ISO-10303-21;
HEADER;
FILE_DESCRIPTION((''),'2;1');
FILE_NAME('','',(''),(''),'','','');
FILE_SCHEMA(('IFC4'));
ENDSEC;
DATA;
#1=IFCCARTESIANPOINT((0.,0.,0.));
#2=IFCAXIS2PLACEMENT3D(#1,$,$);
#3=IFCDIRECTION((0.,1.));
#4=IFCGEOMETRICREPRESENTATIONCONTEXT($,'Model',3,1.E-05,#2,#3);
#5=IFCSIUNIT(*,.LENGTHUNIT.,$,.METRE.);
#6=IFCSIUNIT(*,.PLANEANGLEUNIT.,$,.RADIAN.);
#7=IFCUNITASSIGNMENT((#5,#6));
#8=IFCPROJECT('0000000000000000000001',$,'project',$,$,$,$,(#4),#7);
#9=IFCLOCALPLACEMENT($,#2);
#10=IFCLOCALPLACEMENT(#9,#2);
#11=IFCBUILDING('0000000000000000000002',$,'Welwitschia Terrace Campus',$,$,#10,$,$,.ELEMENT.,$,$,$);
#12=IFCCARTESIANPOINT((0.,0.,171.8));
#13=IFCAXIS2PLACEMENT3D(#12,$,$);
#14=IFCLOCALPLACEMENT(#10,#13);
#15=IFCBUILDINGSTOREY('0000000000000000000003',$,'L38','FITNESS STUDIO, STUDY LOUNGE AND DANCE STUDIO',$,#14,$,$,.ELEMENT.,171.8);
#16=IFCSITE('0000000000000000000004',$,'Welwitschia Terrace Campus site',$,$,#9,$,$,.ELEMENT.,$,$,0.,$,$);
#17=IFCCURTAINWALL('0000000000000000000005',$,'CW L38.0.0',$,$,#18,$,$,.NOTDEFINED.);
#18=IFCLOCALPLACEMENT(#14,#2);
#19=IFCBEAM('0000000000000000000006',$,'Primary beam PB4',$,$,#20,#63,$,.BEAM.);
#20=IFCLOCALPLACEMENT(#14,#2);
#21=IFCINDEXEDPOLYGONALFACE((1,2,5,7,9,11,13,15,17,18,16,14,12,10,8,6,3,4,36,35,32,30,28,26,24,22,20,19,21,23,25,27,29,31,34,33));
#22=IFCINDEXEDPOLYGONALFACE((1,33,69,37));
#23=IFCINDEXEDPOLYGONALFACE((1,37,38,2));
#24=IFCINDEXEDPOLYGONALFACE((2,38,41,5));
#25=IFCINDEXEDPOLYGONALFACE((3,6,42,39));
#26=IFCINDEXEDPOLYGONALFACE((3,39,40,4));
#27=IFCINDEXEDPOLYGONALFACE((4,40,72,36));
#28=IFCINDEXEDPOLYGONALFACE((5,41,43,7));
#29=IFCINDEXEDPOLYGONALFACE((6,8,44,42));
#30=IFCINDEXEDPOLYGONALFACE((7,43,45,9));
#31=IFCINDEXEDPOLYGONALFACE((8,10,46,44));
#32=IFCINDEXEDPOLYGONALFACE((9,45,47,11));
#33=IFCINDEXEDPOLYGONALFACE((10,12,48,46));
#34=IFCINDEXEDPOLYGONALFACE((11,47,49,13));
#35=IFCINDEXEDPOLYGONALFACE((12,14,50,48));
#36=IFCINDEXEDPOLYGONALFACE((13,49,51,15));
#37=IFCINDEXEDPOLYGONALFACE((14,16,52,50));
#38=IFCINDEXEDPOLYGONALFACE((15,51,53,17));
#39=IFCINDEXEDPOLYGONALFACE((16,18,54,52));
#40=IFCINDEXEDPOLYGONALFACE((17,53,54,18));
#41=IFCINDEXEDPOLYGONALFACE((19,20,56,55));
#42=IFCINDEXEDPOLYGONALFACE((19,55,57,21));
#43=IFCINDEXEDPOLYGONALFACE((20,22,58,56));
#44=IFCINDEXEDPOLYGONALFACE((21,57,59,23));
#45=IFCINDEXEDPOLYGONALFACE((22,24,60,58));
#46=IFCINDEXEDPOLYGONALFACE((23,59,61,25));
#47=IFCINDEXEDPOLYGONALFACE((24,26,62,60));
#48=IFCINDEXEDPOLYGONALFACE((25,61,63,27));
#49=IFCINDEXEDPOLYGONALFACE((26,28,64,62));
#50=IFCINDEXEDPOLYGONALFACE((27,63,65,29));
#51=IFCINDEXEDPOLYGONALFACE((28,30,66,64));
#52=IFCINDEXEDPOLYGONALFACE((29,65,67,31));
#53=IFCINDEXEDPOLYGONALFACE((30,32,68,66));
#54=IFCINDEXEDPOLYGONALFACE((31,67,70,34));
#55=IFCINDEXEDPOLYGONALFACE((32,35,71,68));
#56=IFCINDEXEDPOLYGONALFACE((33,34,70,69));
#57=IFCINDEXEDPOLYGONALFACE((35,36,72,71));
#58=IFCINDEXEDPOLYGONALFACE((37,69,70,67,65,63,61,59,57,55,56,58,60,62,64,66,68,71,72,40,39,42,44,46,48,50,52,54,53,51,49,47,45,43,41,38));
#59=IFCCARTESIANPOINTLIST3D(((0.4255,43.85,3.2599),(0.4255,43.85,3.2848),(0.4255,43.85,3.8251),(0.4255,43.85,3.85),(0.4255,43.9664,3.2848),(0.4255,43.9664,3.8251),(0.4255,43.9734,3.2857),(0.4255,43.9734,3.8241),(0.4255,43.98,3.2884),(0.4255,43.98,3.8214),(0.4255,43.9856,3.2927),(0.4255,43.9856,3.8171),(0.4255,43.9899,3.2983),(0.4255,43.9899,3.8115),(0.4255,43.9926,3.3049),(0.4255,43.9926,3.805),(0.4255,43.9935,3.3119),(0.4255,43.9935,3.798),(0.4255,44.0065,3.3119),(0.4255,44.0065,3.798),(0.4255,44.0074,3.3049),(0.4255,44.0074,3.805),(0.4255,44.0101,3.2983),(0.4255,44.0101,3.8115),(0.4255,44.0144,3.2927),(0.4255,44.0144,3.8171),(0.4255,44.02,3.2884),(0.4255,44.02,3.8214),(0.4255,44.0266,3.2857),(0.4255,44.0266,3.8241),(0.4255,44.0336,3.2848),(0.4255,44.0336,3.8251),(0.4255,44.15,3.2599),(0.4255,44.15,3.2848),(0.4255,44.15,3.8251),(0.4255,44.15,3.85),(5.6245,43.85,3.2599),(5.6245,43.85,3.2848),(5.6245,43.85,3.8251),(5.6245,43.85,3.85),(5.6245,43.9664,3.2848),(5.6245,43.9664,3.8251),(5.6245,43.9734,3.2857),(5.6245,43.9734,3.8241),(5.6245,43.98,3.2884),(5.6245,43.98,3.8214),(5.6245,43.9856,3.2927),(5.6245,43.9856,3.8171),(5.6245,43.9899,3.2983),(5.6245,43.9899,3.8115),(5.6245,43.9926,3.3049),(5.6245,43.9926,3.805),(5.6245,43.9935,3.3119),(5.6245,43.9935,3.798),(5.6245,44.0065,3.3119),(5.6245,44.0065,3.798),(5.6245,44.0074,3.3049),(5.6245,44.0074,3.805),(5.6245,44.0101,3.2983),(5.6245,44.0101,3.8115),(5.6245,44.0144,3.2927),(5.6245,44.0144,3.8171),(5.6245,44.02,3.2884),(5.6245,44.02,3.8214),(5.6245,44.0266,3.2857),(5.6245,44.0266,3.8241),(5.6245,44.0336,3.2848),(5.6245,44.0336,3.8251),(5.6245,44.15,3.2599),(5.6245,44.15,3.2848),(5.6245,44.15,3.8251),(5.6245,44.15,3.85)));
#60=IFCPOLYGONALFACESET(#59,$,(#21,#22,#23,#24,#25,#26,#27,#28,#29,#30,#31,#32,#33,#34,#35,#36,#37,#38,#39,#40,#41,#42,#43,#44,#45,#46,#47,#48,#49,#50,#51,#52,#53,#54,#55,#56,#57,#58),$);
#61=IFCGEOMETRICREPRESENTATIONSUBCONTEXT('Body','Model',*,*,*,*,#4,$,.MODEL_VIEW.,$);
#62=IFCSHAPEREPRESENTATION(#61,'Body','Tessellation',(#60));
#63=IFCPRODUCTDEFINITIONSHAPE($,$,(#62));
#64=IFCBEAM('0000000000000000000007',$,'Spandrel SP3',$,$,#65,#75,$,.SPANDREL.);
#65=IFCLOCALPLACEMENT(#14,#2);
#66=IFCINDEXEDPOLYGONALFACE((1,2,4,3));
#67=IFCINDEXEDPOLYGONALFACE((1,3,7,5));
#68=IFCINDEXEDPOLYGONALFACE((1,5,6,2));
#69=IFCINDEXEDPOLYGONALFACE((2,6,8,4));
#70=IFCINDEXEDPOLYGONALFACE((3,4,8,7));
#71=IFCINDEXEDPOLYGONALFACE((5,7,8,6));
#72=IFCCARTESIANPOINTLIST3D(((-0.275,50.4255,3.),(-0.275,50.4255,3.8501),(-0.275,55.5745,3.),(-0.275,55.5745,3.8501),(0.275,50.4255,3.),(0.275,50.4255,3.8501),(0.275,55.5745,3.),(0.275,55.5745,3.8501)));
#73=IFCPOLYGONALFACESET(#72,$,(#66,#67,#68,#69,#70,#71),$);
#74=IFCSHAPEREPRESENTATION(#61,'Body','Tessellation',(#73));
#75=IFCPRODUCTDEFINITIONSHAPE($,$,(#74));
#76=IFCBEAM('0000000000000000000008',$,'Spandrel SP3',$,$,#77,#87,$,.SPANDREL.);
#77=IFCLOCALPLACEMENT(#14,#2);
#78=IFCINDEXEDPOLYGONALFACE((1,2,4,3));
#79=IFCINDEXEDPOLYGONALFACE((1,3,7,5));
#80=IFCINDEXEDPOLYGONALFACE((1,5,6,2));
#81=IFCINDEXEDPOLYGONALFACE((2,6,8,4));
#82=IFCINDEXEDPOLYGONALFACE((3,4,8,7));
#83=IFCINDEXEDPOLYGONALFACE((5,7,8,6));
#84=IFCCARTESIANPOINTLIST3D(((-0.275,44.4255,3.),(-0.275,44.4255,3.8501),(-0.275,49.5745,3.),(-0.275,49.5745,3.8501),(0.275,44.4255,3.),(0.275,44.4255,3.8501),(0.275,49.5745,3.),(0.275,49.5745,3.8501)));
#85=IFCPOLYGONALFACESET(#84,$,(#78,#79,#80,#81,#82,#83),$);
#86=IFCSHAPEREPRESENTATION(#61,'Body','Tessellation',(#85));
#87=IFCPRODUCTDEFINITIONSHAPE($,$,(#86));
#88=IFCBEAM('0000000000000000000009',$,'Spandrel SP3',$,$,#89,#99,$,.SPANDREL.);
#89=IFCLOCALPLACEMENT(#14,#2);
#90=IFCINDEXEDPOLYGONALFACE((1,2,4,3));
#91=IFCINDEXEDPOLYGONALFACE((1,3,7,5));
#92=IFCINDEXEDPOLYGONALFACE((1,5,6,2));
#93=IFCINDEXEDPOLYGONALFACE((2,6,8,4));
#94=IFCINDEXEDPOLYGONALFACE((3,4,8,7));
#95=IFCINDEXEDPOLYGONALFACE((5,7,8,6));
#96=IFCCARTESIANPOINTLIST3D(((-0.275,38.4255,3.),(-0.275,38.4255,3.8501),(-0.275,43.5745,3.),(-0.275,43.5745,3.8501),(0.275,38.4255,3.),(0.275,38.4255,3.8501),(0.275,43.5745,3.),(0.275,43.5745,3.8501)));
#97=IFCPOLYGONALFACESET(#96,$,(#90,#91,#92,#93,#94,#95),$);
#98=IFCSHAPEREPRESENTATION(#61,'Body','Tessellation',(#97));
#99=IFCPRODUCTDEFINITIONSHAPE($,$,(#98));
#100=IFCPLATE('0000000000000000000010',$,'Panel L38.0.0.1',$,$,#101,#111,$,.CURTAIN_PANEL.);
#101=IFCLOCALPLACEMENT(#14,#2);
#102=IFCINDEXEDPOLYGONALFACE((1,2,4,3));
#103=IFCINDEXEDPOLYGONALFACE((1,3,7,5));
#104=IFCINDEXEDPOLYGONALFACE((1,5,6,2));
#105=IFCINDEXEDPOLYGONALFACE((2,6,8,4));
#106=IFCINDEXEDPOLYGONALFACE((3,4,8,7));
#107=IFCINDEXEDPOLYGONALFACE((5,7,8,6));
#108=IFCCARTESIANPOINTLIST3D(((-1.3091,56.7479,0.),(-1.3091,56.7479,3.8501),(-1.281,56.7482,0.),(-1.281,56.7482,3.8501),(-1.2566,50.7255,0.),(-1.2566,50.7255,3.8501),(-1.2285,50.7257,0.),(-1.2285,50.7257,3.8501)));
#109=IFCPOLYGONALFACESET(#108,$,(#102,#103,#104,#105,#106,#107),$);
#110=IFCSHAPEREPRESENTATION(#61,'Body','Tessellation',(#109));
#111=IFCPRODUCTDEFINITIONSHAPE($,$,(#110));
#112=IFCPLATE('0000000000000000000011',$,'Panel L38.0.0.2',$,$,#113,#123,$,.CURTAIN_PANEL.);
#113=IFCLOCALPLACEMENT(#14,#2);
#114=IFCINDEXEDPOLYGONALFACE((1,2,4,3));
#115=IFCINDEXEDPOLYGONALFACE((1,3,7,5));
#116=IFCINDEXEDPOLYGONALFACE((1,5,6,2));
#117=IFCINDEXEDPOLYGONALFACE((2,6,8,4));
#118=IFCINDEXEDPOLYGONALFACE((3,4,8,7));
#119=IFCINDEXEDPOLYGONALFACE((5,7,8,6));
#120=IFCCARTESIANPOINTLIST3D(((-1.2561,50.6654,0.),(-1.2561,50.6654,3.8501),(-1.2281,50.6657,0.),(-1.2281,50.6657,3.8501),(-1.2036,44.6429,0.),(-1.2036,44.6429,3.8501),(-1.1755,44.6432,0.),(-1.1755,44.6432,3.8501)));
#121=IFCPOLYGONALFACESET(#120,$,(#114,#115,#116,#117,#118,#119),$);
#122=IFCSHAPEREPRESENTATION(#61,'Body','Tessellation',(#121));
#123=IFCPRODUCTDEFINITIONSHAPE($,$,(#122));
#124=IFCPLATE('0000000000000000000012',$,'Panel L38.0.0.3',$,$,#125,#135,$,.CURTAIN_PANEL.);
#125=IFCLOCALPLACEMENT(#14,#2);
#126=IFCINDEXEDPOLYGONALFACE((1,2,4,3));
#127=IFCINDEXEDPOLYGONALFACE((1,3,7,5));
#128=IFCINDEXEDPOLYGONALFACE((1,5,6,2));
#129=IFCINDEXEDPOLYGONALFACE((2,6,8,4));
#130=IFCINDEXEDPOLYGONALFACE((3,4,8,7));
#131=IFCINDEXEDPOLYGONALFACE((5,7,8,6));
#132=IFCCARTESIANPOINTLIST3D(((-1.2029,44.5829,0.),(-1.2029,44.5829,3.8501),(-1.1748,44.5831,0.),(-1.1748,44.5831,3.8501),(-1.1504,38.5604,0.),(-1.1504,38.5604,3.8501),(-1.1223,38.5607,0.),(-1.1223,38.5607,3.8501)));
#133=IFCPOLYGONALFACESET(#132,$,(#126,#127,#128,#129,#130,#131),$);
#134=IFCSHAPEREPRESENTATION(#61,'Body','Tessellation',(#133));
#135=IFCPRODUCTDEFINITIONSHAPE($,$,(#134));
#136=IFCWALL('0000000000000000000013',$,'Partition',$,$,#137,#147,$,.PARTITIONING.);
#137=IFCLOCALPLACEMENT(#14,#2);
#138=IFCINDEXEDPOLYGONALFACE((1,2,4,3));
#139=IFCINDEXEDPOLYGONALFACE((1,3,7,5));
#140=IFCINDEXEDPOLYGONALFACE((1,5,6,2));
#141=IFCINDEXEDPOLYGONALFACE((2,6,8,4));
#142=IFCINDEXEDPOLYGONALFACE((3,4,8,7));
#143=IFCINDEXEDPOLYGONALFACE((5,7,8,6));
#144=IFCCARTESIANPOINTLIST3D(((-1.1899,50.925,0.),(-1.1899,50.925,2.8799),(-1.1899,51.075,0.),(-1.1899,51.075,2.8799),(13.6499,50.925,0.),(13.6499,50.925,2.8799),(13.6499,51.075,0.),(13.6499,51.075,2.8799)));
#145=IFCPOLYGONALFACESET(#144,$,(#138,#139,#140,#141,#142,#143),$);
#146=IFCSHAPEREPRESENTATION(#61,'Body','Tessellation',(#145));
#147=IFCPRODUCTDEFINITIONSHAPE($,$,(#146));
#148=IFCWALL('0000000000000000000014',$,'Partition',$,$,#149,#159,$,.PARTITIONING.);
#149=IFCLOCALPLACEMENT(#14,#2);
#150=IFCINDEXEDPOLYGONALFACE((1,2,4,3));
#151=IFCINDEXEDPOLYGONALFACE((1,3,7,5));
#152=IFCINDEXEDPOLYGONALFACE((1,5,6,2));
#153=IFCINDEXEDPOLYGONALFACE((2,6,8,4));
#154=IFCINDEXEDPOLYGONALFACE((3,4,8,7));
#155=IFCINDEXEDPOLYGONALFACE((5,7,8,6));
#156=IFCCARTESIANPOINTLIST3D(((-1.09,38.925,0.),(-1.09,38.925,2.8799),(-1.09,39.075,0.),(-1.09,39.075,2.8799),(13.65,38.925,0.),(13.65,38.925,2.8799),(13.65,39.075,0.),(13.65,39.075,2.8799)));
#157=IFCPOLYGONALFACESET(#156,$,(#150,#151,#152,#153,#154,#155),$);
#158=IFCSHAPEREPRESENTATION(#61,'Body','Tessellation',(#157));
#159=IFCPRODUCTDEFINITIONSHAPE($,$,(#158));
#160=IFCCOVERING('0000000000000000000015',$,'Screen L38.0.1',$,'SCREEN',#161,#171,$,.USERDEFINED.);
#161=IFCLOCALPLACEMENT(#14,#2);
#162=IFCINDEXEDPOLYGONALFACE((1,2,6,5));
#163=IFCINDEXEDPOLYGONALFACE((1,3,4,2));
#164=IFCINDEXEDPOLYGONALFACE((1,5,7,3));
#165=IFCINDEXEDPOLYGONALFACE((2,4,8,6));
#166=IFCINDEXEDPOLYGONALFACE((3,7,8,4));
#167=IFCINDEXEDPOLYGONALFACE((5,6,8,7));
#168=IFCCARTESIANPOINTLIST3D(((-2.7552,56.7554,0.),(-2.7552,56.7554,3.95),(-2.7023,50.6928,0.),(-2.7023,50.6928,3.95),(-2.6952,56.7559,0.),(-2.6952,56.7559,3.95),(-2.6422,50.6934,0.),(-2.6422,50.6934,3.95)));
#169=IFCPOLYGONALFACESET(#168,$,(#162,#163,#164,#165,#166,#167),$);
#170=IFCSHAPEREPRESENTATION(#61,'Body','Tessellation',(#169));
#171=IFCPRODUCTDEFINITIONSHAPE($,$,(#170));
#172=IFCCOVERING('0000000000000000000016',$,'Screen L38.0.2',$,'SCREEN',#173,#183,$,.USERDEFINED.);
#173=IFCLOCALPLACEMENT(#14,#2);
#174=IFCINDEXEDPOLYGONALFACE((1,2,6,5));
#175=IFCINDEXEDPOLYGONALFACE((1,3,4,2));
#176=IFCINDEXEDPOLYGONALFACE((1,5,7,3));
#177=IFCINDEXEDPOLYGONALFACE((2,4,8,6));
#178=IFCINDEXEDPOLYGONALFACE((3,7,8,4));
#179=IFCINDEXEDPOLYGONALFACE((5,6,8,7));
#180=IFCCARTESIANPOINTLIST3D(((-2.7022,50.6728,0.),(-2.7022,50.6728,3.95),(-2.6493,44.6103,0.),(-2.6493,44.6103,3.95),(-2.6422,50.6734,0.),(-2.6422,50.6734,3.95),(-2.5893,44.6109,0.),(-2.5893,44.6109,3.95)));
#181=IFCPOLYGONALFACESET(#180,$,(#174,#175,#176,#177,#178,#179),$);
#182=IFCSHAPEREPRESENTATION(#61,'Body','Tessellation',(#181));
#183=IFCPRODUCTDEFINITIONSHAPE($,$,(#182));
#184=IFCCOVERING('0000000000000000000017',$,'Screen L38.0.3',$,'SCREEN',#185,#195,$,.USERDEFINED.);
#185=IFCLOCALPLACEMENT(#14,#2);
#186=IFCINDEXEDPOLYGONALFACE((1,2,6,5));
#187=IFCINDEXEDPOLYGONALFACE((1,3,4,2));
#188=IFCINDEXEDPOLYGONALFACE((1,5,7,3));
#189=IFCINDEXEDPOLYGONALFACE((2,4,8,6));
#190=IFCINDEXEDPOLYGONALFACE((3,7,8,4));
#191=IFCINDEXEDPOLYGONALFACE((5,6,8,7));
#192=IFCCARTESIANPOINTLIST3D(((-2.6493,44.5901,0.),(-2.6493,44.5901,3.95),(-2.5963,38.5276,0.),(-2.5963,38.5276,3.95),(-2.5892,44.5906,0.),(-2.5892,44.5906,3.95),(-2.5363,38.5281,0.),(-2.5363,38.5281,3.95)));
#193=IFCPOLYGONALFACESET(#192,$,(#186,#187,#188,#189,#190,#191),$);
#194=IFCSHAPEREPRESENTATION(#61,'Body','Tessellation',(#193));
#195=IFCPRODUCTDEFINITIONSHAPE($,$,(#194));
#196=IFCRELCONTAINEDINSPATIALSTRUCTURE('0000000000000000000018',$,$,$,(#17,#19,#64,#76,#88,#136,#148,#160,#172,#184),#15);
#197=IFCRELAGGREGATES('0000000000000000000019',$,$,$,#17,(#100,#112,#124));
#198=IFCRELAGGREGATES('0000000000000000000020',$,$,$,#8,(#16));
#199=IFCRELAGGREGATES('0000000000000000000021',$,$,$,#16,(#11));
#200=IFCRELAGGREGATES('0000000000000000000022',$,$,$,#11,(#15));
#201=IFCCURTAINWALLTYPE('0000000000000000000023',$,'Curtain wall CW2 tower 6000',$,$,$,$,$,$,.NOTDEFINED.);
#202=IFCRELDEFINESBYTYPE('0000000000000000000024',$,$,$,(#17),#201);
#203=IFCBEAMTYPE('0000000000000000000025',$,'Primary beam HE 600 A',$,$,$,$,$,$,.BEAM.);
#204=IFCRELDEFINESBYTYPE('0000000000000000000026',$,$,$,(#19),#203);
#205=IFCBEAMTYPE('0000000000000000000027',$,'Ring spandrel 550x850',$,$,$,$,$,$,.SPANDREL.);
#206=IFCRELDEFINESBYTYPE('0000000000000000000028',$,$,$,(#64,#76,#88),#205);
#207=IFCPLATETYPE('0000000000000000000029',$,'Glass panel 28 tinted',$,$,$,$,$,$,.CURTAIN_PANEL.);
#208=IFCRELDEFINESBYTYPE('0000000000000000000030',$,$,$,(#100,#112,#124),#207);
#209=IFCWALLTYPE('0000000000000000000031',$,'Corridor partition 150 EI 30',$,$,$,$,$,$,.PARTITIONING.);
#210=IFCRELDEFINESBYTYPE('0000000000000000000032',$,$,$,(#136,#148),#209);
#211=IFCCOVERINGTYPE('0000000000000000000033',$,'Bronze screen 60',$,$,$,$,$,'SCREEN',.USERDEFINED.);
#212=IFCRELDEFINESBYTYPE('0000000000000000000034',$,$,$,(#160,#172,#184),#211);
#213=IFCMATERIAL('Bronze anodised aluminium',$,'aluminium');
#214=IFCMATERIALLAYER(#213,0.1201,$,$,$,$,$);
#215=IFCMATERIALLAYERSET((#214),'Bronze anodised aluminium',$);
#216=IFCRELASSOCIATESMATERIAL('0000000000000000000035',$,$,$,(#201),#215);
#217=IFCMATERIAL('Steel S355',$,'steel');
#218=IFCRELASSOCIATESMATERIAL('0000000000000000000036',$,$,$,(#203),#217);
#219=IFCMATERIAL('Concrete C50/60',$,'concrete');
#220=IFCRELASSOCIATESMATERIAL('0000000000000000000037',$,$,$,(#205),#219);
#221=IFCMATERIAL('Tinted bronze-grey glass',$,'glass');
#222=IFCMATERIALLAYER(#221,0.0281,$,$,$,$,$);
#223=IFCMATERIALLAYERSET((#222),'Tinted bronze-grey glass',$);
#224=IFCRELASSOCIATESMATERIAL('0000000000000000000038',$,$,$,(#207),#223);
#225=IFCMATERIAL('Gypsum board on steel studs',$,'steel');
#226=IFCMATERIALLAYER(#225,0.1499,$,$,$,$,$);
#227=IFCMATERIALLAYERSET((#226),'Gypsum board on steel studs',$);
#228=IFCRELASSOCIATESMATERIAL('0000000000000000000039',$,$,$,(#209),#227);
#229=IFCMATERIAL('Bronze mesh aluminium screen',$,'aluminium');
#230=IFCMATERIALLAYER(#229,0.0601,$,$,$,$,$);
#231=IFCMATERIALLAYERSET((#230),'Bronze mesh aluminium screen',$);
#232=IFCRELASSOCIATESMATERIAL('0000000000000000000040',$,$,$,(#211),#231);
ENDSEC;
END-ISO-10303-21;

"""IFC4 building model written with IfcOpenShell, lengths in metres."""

from ifc_helpers import new_model, si_unit, direction, frame, frame_2d, origin, origin_2d, place, context, subcontext, project, spatial, rectangle, i_section, extrude, material, layer, layer_set, material_profile, profile_set, type_object, element, aggregate, save


model = new_model("IFC4")

# Units and contexts
model_context = context("Model", 3, precision=1e-05, world=origin(), true_north=direction((0.0, 1.0)))
body_context = subcontext(model_context, "Body", "Model", "MODEL_VIEW")
ifc_project = project(units=[si_unit("LENGTHUNIT", "METRE"), si_unit("PLANEANGLEUNIT", "RADIAN")], contexts=[model_context])

# Site, building, storey
site_placement = place(None, origin())
site = spatial("IfcSite", under=ifc_project, at=site_placement, Name="Welwitschia Terrace Campus site", CompositionType="ELEMENT", RefElevation=0.0)
building_placement = place(site_placement, origin())
building = spatial("IfcBuilding", under=site, at=building_placement, Name="Welwitschia Terrace Campus", CompositionType="ELEMENT")
storey_placement = place(building_placement, frame((0.0, 0.0, 171.8)))
storey = spatial("IfcBuildingStorey", under=building, at=storey_placement, Name="L38", Description="FITNESS STUDIO, STUDY LOUNGE AND DANCE STUDIO", CompositionType="ELEMENT", Elevation=171.8)

# Curtain wall
ifc_material_1 = material(Name="Bronze anodised aluminium", Category="aluminium")
ifc_layer_1 = layer(ifc_material_1, 0.1201)
ifc_layer_set_1 = layer_set([ifc_layer_1], Name="Bronze anodised aluminium")
curtain_wall_type = type_object("IfcCurtainWallType", Name="Curtain wall CW2 tower 6000", PredefinedType="NOTDEFINED", material=ifc_layer_set_1)
curtain_wall_placement = place(storey_placement, origin())
curtain_wall = element("IfcCurtainWall", 1, at=curtain_wall_placement, inside=storey, type_object=curtain_wall_type, Name="CW L38.0.0", PredefinedType="NOTDEFINED")

# Beams
ifc_material_2 = material(Name="Steel S355", Category="steel")
ifc_material_profile_1 = material_profile(ifc_material_2, i_section(OverallWidth=0.3, OverallDepth=0.5901, WebThickness=0.0129, FlangeThickness=0.0249, FilletRadius=0.0271, at=origin_2d()))
ifc_profile_set_1 = profile_set([ifc_material_profile_1], Name="Steel S355")
beam_type_1 = type_object("IfcBeamType", Name="Primary beam HE 600 A", PredefinedType="BEAM", material=ifc_profile_set_1)
for number, where, z_axis, x_axis, name in (
    (2, (0.4255, 44.0, 3.5549), (1.0, 0.0, 0.0), (0.0, 1.0, 0.0), "Primary beam PB4"),
):
    element("IfcBeam", number, at=place(storey_placement, frame(where, z_axis=z_axis, x_axis=x_axis)), inside=storey, type_object=beam_type_1, Name=name, PredefinedType="BEAM", context=body_context, shape_type="SweptSolid", body=[
        extrude(i_section(OverallWidth=0.3, OverallDepth=0.5901, WebThickness=0.0129, FlangeThickness=0.0249, FilletRadius=0.0271, at=origin_2d()), origin(), (0.0, 0.0, 1.0), 5.199),
    ])
ifc_material_3 = material(Name="Concrete C50/60", Category="concrete")
ifc_material_profile_2 = material_profile(ifc_material_3, rectangle(XDim=0.55, YDim=0.8501, at=origin_2d()))
ifc_profile_set_2 = profile_set([ifc_material_profile_2], Name="Concrete C50/60")
beam_type_2 = type_object("IfcBeamType", Name="Ring spandrel 550x850", PredefinedType="SPANDREL", material=ifc_profile_set_2)
for number, where, z_axis, x_axis, name in (
    (3, (0.0, 55.5745, 3.425), (0.0, -1.0, 0.0), (1.0, 0.0, 0.0), "Spandrel SP3"),
    (4, (0.0, 49.5745, 3.425), (0.0, -1.0, 0.0), (1.0, 0.0, 0.0), "Spandrel SP3"),
    (5, (0.0, 43.5745, 3.425), (0.0, -1.0, 0.0), (1.0, 0.0, 0.0), "Spandrel SP3"),
):
    element("IfcBeam", number, at=place(storey_placement, frame(where, z_axis=z_axis, x_axis=x_axis)), inside=storey, type_object=beam_type_2, Name=name, PredefinedType="SPANDREL", context=body_context, shape_type="SweptSolid", body=[
        extrude(rectangle(XDim=0.55, YDim=0.8501, at=origin_2d()), origin(), (0.0, 0.0, 1.0), 5.1489),
    ])

# Plates
ifc_material_4 = material(Name="Tinted bronze-grey glass", Category="glass")
ifc_layer_2 = layer(ifc_material_4, 0.0281)
ifc_layer_set_2 = layer_set([ifc_layer_2], Name="Tinted bronze-grey glass")
plate_type = type_object("IfcPlateType", Name="Glass panel 28 tinted", PredefinedType="CURTAIN_PANEL", material=ifc_layer_set_2)
plate_1_placement = place(storey_placement, frame((-1.2688, 53.7368, 0.0), z_axis=(0.0, 0.0, 1.0), x_axis=(0.008727, -0.999962, 0.0)))
plate_1 = element("IfcPlate", 6, at=plate_1_placement, type_object=plate_type, Name="Panel L38.0.0.1", PredefinedType="CURTAIN_PANEL", context=body_context, shape_type="SweptSolid", body=[
    extrude(rectangle(XDim=6.0227, YDim=0.0281, at=origin_2d()), origin(), (0.0, 0.0, 1.0), 3.8501),
])
plate_2_placement = place(storey_placement, frame((-1.2158, 47.6543, 0.0), z_axis=(0.0, 0.0, 1.0), x_axis=(0.008727, -0.999962, 0.0)))
plate_2 = element("IfcPlate", 7, at=plate_2_placement, type_object=plate_type, Name="Panel L38.0.0.2", PredefinedType="CURTAIN_PANEL", context=body_context, shape_type="SweptSolid", body=[
    extrude(rectangle(XDim=6.0227, YDim=0.0281, at=origin_2d()), origin(), (0.0, 0.0, 1.0), 3.8501),
])
plate_3_placement = place(storey_placement, frame((-1.1626, 41.5718, 0.0), z_axis=(0.0, 0.0, 1.0), x_axis=(0.008727, -0.999962, 0.0)))
plate_3 = element("IfcPlate", 8, at=plate_3_placement, type_object=plate_type, Name="Panel L38.0.0.3", PredefinedType="CURTAIN_PANEL", context=body_context, shape_type="SweptSolid", body=[
    extrude(rectangle(XDim=6.0227, YDim=0.0281, at=origin_2d()), origin(), (0.0, 0.0, 1.0), 3.8501),
])
aggregate(curtain_wall, [plate_1, plate_2, plate_3])

# Walls
ifc_material_5 = material(Name="Gypsum board on steel studs", Category="steel")
ifc_layer_3 = layer(ifc_material_5, 0.1499)
ifc_layer_set_3 = layer_set([ifc_layer_3], Name="Gypsum board on steel studs")
wall_type = type_object("IfcWallType", Name="Corridor partition 150 EI 30", PredefinedType="PARTITIONING", material=ifc_layer_set_3)
wall_1_placement = place(storey_placement, frame((-1.1899, 51.0, 0.0), z_axis=(0.0, 0.0, 1.0), x_axis=(1.0, 0.0, 0.0)))
element("IfcWall", 9, at=wall_1_placement, inside=storey, type_object=wall_type, Name="Partition", PredefinedType="PARTITIONING", context=body_context, shape_type="SweptSolid", body=[
    extrude(rectangle(XDim=14.8398, YDim=0.1499, at=frame_2d((7.4199, 0.0))), origin(), (0.0, 0.0, 1.0), 2.8799),
])
wall_2_placement = place(storey_placement, frame((-1.0901, 39.0, 0.0), z_axis=(0.0, 0.0, 1.0), x_axis=(1.0, 0.0, 0.0)))
element("IfcWall", 10, at=wall_2_placement, inside=storey, type_object=wall_type, Name="Partition", PredefinedType="PARTITIONING", context=body_context, shape_type="SweptSolid", body=[
    extrude(rectangle(XDim=14.74, YDim=0.1499, at=frame_2d((7.3701, 0.0))), origin(), (0.0, 0.0, 1.0), 2.8799),
])

# Coverings
ifc_material_6 = material(Name="Bronze mesh aluminium screen", Category="aluminium")
ifc_layer_4 = layer(ifc_material_6, 0.0601)
ifc_layer_set_4 = layer_set([ifc_layer_4], Name="Bronze mesh aluminium screen")
covering_type = type_object("IfcCoveringType", Name="Bronze screen 60", ElementType="SCREEN", PredefinedType="USERDEFINED", material=ifc_layer_set_4)
for number, where, z_axis, x_axis, name in (
    (11, (-2.6987, 53.7244, 0.0), (0.0, 0.0, 1.0), (0.008727, -0.999962, 0.0), "Screen L38.0.1"),
    (12, (-2.6458, 47.6418, 0.0), (0.0, 0.0, 1.0), (0.008727, -0.999962, 0.0), "Screen L38.0.2"),
    (13, (-2.5928, 41.5591, 0.0), (0.0, 0.0, 1.0), (0.008727, -0.999962, 0.0), "Screen L38.0.3"),
):
    element("IfcCovering", number, at=place(storey_placement, frame(where, z_axis=z_axis, x_axis=x_axis)), inside=storey, type_object=covering_type, Name=name, ObjectType="SCREEN", PredefinedType="USERDEFINED", context=body_context, shape_type="SweptSolid", body=[
        extrude(rectangle(XDim=6.0627, YDim=0.0601, at=origin_2d()), origin(), (0.0, 0.0, 1.0), 3.95),
    ])

save(model, "model.ifc")
